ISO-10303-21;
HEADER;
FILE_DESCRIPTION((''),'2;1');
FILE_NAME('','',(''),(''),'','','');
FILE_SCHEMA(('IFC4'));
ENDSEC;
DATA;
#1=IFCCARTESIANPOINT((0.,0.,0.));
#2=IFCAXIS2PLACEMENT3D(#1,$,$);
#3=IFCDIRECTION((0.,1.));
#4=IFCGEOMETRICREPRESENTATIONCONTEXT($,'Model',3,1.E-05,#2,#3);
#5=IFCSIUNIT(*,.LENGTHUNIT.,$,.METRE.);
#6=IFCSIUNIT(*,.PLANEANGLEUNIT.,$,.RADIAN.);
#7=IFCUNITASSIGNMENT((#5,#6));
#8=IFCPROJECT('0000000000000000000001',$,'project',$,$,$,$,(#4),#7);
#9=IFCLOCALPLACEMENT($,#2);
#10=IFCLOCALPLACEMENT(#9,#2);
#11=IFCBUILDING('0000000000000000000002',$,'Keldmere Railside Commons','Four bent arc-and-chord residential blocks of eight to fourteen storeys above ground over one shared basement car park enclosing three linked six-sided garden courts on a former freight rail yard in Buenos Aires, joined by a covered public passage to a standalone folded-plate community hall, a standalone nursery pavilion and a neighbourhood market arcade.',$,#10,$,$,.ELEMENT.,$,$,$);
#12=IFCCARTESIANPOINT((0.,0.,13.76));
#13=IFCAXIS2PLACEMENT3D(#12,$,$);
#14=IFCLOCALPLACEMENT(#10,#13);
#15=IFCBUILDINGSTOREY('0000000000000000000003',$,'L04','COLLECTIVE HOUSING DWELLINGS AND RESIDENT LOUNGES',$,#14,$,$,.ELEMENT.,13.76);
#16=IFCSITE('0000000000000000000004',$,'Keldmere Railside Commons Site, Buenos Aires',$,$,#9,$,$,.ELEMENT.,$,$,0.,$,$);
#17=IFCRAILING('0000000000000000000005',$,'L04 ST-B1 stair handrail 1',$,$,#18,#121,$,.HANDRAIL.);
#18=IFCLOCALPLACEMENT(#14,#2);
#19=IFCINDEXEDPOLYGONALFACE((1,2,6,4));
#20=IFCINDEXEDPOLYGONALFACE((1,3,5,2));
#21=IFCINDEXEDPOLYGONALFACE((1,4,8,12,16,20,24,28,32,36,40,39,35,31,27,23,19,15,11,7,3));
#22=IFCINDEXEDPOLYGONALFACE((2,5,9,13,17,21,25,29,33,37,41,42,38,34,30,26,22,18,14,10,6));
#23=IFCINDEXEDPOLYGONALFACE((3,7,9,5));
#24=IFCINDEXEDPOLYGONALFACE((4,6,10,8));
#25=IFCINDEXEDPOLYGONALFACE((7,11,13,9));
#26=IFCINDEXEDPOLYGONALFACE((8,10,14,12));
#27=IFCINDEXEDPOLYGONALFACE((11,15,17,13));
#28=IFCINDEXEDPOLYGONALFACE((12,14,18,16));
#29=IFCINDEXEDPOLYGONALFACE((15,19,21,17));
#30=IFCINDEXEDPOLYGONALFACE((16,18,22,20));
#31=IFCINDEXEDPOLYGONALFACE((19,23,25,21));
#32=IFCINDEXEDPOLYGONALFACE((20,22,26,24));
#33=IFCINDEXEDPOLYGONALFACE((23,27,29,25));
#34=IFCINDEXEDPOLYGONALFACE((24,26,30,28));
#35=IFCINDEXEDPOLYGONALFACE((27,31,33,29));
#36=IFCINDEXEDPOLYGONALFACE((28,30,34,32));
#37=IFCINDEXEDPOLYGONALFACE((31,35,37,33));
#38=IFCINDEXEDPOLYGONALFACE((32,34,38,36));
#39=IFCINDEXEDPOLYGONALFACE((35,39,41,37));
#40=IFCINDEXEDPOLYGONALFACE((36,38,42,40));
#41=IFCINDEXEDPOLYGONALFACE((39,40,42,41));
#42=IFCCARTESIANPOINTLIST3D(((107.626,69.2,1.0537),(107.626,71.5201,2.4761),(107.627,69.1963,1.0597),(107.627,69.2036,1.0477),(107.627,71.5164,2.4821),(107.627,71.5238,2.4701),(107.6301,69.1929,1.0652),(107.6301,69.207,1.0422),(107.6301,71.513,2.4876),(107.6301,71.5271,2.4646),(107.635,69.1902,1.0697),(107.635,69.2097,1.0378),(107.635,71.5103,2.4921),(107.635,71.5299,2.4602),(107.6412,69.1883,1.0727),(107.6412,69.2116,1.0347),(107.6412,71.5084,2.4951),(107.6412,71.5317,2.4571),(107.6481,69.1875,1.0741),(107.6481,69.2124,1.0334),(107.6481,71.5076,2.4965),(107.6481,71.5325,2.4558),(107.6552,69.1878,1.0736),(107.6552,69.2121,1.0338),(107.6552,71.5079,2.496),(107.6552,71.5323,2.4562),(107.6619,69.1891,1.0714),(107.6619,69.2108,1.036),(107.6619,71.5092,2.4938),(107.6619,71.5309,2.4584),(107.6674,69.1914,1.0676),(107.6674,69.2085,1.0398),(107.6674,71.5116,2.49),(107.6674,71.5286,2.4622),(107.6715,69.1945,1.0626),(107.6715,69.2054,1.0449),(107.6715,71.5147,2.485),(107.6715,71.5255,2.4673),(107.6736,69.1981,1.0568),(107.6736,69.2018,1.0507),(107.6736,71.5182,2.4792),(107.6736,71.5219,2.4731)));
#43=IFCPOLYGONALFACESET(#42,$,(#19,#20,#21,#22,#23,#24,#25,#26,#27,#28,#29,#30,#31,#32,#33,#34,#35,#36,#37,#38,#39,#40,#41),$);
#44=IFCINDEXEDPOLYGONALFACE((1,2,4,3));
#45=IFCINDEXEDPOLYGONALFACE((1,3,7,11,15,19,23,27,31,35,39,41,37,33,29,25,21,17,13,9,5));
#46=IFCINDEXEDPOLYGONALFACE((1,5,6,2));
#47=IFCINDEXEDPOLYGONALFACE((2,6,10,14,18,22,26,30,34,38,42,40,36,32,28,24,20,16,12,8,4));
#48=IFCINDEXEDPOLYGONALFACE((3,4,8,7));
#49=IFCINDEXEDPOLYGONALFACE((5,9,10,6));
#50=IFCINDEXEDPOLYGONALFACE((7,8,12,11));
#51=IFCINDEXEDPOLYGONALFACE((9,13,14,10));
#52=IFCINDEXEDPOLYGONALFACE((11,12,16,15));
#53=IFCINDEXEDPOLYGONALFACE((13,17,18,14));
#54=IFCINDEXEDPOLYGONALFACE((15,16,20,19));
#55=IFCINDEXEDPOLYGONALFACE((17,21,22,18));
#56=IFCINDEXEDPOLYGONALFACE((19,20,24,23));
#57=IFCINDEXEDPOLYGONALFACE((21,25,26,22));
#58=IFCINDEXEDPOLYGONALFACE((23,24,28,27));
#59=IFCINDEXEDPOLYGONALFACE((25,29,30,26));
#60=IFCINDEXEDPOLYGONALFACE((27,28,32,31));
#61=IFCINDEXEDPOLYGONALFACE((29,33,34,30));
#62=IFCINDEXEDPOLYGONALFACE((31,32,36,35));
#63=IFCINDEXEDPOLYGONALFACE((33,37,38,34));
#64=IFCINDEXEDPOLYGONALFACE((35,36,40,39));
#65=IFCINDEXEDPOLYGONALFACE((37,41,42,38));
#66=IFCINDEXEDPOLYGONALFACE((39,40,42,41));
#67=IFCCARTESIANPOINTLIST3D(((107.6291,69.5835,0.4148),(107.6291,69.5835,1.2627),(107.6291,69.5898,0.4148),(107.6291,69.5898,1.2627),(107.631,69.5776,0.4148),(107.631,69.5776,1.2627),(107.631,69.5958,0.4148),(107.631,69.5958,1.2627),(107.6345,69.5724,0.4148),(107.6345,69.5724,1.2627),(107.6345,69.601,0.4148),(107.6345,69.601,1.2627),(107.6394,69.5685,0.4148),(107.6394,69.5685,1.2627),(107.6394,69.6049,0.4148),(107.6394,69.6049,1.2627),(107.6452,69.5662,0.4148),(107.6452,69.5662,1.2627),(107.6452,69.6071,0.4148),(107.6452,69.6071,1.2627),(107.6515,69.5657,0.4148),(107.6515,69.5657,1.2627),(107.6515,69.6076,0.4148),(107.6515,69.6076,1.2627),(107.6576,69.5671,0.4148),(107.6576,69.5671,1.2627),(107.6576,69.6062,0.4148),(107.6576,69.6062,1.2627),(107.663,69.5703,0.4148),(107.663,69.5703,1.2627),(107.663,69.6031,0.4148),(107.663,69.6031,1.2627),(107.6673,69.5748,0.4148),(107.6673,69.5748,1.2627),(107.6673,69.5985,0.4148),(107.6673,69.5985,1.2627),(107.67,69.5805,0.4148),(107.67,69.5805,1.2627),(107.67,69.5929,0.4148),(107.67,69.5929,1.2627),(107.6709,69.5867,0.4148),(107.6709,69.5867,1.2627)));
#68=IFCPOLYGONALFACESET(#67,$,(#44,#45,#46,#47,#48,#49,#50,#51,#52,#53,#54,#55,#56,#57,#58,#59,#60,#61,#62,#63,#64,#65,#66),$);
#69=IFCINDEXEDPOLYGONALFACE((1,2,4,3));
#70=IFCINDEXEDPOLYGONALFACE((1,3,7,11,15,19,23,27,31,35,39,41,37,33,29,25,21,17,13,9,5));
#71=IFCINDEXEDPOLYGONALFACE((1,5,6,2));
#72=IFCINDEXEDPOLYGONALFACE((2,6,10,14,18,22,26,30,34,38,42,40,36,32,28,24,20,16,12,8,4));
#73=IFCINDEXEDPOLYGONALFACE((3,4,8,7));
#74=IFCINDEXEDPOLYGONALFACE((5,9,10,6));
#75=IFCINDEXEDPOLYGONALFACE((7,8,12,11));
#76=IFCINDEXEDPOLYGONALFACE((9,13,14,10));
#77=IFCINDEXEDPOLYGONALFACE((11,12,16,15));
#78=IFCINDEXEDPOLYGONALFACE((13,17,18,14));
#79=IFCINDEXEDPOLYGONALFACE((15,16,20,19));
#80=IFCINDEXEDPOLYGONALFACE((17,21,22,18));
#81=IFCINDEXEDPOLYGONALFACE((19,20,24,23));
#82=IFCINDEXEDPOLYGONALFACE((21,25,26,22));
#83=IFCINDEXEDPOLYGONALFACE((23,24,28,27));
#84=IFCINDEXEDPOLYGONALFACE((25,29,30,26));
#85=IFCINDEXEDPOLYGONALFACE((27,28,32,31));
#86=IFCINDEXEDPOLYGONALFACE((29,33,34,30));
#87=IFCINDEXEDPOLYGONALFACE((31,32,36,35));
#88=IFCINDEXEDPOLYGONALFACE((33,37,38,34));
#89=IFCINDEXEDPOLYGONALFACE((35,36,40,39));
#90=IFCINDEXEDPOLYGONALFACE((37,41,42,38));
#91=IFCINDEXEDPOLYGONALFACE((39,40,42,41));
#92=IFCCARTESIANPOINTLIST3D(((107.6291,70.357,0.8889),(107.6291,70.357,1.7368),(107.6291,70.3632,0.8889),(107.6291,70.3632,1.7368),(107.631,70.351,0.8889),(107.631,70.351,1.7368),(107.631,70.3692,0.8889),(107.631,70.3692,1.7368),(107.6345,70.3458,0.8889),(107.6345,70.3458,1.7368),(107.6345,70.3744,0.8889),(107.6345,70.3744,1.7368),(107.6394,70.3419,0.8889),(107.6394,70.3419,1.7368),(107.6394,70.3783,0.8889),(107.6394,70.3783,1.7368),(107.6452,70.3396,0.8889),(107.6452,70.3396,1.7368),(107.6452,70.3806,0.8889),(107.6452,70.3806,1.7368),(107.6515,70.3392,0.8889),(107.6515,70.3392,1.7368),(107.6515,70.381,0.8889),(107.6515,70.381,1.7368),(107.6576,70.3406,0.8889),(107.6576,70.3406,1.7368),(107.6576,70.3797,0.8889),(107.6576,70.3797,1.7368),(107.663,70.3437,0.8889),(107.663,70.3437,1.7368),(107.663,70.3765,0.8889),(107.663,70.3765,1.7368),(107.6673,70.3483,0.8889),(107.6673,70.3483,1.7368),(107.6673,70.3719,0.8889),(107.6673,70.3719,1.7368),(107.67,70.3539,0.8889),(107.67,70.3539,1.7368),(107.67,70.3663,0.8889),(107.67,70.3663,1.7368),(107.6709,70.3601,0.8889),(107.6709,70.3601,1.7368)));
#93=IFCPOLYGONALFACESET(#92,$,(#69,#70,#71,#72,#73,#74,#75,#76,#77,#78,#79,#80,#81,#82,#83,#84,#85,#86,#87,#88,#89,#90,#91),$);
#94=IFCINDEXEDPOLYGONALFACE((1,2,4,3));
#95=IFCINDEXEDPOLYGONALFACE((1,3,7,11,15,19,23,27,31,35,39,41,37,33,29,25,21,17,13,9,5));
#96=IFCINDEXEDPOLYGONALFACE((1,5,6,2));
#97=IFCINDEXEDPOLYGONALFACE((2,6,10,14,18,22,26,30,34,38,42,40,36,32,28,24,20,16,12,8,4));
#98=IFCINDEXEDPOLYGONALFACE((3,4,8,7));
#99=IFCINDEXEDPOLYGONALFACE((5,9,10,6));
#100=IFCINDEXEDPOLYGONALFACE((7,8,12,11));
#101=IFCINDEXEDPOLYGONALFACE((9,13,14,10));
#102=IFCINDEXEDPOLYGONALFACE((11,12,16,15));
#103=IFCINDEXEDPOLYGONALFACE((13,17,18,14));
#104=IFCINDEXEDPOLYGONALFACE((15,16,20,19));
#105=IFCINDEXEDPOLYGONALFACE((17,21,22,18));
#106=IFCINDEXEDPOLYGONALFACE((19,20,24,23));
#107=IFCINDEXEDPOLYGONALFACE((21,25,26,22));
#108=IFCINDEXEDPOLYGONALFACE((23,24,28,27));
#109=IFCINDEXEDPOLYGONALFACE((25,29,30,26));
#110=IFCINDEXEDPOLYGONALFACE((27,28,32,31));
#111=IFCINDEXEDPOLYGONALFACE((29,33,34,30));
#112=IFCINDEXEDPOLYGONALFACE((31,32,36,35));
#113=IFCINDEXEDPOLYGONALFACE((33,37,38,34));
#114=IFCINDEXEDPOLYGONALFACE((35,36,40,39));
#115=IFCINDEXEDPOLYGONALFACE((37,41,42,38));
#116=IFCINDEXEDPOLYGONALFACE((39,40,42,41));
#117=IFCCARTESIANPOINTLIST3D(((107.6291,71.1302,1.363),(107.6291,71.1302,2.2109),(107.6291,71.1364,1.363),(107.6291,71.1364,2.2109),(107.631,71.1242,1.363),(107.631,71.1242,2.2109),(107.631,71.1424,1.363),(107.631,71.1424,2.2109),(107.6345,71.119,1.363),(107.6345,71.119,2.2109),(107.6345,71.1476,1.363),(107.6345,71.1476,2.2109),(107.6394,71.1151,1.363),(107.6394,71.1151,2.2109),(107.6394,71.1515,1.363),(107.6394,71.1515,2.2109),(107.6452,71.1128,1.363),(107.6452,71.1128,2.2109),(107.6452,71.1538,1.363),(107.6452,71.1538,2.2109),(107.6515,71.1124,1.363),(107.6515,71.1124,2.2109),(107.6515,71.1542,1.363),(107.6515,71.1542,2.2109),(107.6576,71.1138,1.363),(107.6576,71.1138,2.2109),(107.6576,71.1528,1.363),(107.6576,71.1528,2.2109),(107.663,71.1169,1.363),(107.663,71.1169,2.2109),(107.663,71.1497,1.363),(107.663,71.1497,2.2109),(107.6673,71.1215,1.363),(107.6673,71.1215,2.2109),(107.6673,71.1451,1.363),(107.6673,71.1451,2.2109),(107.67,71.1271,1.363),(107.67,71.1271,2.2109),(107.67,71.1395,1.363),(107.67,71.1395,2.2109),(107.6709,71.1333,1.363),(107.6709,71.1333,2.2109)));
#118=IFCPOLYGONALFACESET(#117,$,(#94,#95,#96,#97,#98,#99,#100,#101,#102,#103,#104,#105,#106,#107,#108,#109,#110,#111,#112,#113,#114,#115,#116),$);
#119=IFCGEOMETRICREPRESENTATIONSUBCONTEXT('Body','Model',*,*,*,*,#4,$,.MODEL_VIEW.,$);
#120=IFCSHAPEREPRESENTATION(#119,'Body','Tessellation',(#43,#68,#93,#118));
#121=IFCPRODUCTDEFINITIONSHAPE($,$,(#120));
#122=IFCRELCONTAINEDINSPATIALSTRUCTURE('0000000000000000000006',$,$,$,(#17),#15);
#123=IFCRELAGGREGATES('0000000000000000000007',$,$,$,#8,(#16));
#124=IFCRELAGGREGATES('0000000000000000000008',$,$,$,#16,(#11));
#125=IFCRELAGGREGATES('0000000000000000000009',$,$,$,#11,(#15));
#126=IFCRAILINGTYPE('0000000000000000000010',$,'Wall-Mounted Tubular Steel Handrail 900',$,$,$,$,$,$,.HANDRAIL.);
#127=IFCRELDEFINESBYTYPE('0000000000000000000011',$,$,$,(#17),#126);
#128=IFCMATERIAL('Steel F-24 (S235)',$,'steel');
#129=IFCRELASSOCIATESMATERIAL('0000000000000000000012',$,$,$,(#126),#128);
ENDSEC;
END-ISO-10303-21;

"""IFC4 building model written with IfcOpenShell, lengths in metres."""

from ifc_helpers import new_model, si_unit, direction, frame, origin, origin_2d, place, context, subcontext, project, spatial, circle, extrude, material, type_object, element, save


model = new_model("IFC4")

# Units and contexts
model_context = context("Model", 3, precision=1e-05, world=origin(), true_north=direction((0.0, 1.0)))
body_context = subcontext(model_context, "Body", "Model", "MODEL_VIEW")
ifc_project = project(units=[si_unit("LENGTHUNIT", "METRE"), si_unit("PLANEANGLEUNIT", "RADIAN")], contexts=[model_context])

# Site, building, storey
site_placement = place(None, origin())
site = spatial("IfcSite", under=ifc_project, at=site_placement, Name="Keldmere Railside Commons Site, Buenos Aires", CompositionType="ELEMENT", RefElevation=0.0)
building_placement = place(site_placement, origin())
building = spatial("IfcBuilding", under=site, at=building_placement, Name="Keldmere Railside Commons", Description="Four bent arc-and-chord residential blocks of eight to fourteen storeys above ground over one shared basement car park enclosing three linked six-sided garden courts on a former freight rail yard in Buenos Aires, joined by a covered public passage to a standalone folded-plate community hall, a standalone nursery pavilion and a neighbourhood market arcade.", CompositionType="ELEMENT")
storey_placement = place(building_placement, frame((0.0, 0.0, 13.76)))
storey = spatial("IfcBuildingStorey", under=building, at=storey_placement, Name="L04", Description="COLLECTIVE HOUSING DWELLINGS AND RESIDENT LOUNGES", CompositionType="ELEMENT", Elevation=13.76)

# Shared definitions
ifc_material_1 = material(Name="Steel F-24 (S235)", Category="steel")

# Railing
railing_type_1 = type_object("IfcRailingType", Name="Wall-Mounted Tubular Steel Handrail 900", PredefinedType="HANDRAIL", material=ifc_material_1)
railing_1_placement = place(storey_placement, frame((107.6499, 69.2, 0.1777)))
element("IfcRailing", 1, at=railing_1_placement, inside=storey, type_object=railing_type_1, Name="L04 ST-B1 stair handrail 1", PredefinedType="HANDRAIL", context=body_context, shape_type="SweptSolid", body=[
    extrude(circle(Radius=0.0239, at=origin_2d()), frame((0.0, 0.0, 0.876), z_axis=(0.0, 0.852538, 0.522665), x_axis=(-1.0, 0.0, 0.0)), (0.0, 0.0, 1.0), 2.7214),
    extrude(circle(Radius=0.021, at=origin_2d()), frame((0.0, 0.3867, 0.2371)), (0.0, 0.0, 1.0), 0.8479),
    extrude(circle(Radius=0.021, at=origin_2d()), frame((0.0, 1.1602, 0.7112)), (0.0, 0.0, 1.0), 0.8479),
    extrude(circle(Radius=0.021, at=origin_2d()), frame((0.0, 1.9333, 1.1853)), (0.0, 0.0, 1.0), 0.8479),
])

save(model, "model.ifc")
